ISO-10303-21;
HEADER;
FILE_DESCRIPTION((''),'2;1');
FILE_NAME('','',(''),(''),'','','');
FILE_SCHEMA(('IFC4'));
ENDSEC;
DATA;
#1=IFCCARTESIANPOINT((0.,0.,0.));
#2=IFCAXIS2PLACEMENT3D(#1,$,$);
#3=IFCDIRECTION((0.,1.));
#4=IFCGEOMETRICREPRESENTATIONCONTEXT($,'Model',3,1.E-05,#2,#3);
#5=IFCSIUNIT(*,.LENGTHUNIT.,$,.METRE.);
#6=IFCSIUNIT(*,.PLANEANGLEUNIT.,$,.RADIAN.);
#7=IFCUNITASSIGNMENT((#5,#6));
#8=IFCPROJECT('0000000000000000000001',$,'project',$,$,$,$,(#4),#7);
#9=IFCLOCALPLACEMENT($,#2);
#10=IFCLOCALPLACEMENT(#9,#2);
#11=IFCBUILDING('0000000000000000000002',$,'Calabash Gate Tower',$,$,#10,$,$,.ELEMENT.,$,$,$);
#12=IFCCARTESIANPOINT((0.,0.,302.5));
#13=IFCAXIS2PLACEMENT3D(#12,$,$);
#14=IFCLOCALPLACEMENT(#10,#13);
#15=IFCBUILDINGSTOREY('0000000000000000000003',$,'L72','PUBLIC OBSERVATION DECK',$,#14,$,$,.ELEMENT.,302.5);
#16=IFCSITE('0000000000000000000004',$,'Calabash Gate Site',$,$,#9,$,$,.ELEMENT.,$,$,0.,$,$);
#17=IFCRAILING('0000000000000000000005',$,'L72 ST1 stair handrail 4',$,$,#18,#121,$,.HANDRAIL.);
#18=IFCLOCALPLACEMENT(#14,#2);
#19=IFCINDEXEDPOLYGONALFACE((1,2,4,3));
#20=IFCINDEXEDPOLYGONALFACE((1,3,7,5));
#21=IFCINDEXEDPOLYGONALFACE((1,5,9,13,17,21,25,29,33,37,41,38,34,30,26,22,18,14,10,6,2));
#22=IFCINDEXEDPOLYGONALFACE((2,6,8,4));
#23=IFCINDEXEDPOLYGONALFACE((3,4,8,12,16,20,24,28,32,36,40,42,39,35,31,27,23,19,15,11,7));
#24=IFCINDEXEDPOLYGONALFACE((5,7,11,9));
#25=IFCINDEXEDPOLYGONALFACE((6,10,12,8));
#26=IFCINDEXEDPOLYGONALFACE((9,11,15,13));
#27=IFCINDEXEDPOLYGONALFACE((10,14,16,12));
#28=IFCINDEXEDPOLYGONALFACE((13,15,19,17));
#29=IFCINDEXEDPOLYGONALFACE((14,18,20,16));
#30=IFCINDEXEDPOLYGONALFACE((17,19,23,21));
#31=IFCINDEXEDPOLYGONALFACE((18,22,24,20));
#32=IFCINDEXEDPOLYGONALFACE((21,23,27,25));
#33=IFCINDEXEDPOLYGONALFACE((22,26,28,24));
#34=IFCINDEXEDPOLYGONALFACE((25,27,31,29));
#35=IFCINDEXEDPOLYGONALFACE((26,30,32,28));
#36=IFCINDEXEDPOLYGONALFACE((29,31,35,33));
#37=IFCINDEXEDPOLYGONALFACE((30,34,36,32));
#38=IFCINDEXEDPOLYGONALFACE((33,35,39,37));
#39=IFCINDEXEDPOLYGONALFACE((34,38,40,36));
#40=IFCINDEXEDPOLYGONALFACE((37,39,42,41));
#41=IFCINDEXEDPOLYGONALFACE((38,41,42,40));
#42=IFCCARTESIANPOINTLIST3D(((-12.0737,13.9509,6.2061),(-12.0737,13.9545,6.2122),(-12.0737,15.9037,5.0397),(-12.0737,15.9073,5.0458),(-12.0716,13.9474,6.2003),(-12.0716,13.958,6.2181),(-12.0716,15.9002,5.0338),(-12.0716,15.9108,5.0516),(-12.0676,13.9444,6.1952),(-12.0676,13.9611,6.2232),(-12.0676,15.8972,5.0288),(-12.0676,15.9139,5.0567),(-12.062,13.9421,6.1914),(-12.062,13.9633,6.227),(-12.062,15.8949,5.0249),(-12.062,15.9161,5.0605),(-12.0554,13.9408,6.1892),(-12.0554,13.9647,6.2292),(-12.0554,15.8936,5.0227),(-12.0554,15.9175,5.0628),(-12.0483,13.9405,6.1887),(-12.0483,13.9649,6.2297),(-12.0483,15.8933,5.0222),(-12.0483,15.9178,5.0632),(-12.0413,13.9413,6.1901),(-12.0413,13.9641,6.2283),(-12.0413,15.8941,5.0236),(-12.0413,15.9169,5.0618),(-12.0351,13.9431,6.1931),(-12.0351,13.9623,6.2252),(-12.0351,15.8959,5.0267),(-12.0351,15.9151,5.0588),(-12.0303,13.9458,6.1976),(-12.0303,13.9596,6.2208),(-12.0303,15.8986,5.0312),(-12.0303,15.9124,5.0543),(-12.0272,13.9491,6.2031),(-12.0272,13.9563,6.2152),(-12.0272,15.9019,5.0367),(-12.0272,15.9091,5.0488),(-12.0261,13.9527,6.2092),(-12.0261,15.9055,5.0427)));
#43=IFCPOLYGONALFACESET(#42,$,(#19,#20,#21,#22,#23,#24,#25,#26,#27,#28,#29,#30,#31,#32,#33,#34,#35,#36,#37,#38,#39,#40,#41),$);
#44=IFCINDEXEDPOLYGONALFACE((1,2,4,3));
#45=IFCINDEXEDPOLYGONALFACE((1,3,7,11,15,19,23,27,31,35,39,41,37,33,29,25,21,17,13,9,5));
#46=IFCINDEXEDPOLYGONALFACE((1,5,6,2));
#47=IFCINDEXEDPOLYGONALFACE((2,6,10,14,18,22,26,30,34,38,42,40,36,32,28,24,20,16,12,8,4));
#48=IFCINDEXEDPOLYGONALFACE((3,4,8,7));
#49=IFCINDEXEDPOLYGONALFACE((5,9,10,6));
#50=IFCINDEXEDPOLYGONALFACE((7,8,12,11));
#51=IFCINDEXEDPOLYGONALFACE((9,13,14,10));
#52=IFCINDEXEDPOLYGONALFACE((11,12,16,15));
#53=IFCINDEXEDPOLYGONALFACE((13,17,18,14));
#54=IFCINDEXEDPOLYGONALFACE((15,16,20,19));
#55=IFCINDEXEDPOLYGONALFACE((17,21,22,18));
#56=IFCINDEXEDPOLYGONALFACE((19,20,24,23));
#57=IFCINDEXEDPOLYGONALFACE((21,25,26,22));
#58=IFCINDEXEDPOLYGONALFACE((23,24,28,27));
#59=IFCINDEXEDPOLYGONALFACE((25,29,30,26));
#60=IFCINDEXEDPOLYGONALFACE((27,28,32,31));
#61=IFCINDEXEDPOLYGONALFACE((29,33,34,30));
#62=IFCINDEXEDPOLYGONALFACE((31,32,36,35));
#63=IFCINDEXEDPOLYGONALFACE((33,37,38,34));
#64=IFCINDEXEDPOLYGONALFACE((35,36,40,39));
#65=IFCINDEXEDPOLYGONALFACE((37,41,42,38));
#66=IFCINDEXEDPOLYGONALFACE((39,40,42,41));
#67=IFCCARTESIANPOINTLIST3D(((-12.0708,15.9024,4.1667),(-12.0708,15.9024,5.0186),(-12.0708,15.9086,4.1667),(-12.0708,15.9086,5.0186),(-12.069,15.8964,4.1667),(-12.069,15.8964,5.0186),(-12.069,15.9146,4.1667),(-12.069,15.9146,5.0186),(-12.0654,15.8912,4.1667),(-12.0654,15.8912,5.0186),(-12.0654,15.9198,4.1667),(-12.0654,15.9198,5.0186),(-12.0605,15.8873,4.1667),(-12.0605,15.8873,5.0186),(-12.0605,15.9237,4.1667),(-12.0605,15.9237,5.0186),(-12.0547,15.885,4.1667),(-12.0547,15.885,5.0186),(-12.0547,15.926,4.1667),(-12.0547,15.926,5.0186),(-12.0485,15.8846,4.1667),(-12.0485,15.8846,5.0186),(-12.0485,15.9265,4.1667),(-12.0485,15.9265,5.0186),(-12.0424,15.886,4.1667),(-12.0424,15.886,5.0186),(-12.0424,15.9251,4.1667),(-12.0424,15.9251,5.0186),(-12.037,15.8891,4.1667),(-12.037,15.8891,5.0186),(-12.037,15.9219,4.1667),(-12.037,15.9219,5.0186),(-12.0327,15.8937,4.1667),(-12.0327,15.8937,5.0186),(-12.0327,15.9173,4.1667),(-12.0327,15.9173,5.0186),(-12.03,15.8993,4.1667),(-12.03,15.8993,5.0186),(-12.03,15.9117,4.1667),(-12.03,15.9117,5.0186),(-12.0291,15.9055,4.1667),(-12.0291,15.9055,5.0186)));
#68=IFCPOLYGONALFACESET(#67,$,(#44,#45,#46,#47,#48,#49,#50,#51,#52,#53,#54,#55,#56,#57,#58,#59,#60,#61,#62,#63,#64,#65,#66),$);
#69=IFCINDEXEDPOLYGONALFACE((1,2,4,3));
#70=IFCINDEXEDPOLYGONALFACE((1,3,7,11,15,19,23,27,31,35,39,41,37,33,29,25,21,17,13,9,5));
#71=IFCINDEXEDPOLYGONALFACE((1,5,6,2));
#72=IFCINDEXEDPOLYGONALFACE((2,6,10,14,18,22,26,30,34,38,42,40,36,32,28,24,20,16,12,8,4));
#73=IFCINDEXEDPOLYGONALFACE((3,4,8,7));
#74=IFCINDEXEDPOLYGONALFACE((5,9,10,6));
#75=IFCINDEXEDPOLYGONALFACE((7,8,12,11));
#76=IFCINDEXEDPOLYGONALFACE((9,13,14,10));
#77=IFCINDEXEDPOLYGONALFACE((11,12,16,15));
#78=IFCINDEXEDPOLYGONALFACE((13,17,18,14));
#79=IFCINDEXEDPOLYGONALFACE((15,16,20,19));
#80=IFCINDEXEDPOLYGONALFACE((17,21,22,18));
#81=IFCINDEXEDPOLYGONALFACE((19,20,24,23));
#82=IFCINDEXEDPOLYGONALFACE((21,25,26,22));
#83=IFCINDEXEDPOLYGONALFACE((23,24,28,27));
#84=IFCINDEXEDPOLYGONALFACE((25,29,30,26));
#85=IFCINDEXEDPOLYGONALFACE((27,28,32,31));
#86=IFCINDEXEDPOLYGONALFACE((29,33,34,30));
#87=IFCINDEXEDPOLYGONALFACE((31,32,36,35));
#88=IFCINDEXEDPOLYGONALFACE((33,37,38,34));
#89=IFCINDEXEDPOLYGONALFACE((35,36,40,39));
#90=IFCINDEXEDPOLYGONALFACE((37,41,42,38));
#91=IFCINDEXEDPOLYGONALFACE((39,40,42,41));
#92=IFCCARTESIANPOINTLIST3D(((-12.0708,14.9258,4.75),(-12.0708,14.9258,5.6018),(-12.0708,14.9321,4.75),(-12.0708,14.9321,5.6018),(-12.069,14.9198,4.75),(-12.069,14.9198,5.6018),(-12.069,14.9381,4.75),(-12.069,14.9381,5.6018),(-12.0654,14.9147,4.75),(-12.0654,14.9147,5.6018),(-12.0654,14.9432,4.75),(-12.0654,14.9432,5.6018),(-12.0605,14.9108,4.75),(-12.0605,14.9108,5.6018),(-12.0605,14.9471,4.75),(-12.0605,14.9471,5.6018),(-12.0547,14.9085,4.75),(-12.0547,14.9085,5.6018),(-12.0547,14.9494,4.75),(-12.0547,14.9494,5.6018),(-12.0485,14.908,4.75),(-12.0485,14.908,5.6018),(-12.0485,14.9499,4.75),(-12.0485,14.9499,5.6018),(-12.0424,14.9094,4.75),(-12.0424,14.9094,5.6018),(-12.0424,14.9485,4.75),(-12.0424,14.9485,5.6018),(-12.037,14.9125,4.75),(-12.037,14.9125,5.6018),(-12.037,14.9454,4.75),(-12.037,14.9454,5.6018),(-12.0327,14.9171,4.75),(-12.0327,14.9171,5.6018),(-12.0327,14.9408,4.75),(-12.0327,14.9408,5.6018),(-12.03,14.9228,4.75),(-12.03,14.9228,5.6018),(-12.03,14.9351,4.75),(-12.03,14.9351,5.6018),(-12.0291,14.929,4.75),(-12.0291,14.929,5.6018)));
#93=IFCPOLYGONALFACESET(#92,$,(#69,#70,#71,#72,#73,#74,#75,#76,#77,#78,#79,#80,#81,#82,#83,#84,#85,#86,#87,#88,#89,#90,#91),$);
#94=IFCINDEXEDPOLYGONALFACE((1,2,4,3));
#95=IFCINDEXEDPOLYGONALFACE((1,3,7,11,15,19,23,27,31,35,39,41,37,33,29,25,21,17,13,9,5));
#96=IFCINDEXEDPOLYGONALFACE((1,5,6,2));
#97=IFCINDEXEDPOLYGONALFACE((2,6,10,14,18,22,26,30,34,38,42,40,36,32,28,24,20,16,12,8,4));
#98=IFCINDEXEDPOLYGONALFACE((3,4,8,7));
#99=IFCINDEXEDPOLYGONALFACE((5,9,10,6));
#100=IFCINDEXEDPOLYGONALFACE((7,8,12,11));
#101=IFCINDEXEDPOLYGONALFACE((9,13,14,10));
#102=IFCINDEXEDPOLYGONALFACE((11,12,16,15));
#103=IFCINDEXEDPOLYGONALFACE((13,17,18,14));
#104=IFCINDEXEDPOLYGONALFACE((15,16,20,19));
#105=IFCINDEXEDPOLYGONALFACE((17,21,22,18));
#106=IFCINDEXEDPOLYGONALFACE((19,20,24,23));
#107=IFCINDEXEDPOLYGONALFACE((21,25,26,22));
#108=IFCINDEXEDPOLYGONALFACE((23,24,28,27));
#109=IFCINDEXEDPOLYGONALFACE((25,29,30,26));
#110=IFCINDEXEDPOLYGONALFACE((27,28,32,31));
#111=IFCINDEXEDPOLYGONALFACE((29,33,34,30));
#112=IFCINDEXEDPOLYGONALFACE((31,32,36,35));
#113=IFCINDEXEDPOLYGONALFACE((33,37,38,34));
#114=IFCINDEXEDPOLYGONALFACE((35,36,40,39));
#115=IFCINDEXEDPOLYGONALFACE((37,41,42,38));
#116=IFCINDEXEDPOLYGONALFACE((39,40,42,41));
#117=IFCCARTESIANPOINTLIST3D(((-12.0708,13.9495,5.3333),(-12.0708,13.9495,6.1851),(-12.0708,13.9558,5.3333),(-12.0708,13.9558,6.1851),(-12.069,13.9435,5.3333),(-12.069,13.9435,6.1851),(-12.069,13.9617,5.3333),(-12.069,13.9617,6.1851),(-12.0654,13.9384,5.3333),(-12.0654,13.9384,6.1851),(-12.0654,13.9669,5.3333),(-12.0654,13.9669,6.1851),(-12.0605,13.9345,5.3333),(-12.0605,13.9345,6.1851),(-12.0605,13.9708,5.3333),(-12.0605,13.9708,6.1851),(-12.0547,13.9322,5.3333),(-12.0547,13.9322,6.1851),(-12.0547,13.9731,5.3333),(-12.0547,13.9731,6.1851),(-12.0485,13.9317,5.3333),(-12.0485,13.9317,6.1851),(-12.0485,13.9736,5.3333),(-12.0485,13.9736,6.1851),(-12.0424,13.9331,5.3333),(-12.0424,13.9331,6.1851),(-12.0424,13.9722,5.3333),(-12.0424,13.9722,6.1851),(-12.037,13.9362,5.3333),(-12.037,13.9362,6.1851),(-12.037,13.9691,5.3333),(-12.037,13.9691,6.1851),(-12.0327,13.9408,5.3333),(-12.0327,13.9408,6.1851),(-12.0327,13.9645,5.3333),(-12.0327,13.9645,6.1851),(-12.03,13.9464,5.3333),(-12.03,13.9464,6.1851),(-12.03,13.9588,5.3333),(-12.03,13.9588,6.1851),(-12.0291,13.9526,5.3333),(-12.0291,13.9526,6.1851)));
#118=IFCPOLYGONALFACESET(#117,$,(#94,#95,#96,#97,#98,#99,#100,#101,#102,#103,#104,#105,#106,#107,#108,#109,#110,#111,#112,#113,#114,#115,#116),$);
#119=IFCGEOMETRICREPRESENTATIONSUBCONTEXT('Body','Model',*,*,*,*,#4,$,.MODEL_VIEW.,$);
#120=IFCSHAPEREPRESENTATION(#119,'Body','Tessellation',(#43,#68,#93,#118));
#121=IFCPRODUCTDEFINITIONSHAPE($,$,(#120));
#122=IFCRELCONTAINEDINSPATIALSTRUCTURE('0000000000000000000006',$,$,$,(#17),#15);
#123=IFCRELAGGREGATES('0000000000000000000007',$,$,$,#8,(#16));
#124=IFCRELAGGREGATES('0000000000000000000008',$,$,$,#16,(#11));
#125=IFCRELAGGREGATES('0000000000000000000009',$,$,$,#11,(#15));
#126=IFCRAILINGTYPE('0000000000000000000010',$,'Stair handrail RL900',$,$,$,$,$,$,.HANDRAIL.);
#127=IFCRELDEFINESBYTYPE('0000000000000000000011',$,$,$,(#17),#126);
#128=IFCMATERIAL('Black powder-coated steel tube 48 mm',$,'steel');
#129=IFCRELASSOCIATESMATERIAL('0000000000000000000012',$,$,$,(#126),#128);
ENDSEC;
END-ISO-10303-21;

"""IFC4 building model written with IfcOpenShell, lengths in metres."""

from ifc_helpers import new_model, si_unit, direction, frame, origin, origin_2d, place, context, subcontext, project, spatial, circle, extrude, material, type_object, element, save


model = new_model("IFC4")

# Units and contexts
model_context = context("Model", 3, precision=1e-05, world=origin(), true_north=direction((0.0, 1.0)))
body_context = subcontext(model_context, "Body", "Model", "MODEL_VIEW")
ifc_project = project(units=[si_unit("LENGTHUNIT", "METRE"), si_unit("PLANEANGLEUNIT", "RADIAN")], contexts=[model_context])

# Site, building, storey
site_placement = place(None, origin())
site = spatial("IfcSite", under=ifc_project, at=site_placement, Name="Calabash Gate Site", CompositionType="ELEMENT", RefElevation=0.0)
building_placement = place(site_placement, origin())
building = spatial("IfcBuilding", under=site, at=building_placement, Name="Calabash Gate Tower", CompositionType="ELEMENT")
storey_placement = place(building_placement, frame((0.0, 0.0, 302.5)))
storey = spatial("IfcBuildingStorey", under=building, at=storey_placement, Name="L72", Description="PUBLIC OBSERVATION DECK", CompositionType="ELEMENT", Elevation=302.5)

# Railing
ifc_material_1 = material(Name="Black powder-coated steel tube 48 mm", Category="steel")
railing_type_1 = type_object("IfcRailingType", Name="Stair handrail RL900", PredefinedType="HANDRAIL", material=ifc_material_1)
railing_1_placement = place(storey_placement, frame((-12.05, 15.9055, 4.1667)))
element("IfcRailing", 1, at=railing_1_placement, inside=storey, type_object=railing_type_1, Name="L72 ST1 stair handrail 4", PredefinedType="HANDRAIL", context=body_context, shape_type="SweptSolid", body=[
    extrude(circle(Radius=0.0239, at=origin_2d()), frame((0.0, 0.0, 0.876), z_axis=(0.0, -0.858505, 0.512806), x_axis=(1.0, 0.0, 0.0)), (0.0, 0.0, 1.0), 2.2747),
    extrude(circle(Radius=0.021, at=origin_2d()), origin(), (0.0, 0.0, 1.0), 0.8518),
    extrude(circle(Radius=0.021, at=origin_2d()), frame((0.0, -0.9766, 0.5833)), (0.0, 0.0, 1.0), 0.8518),
    extrude(circle(Radius=0.021, at=origin_2d()), frame((0.0, -1.9529, 1.1665)), (0.0, 0.0, 1.0), 0.8518),
])

save(model, "model.ifc")
